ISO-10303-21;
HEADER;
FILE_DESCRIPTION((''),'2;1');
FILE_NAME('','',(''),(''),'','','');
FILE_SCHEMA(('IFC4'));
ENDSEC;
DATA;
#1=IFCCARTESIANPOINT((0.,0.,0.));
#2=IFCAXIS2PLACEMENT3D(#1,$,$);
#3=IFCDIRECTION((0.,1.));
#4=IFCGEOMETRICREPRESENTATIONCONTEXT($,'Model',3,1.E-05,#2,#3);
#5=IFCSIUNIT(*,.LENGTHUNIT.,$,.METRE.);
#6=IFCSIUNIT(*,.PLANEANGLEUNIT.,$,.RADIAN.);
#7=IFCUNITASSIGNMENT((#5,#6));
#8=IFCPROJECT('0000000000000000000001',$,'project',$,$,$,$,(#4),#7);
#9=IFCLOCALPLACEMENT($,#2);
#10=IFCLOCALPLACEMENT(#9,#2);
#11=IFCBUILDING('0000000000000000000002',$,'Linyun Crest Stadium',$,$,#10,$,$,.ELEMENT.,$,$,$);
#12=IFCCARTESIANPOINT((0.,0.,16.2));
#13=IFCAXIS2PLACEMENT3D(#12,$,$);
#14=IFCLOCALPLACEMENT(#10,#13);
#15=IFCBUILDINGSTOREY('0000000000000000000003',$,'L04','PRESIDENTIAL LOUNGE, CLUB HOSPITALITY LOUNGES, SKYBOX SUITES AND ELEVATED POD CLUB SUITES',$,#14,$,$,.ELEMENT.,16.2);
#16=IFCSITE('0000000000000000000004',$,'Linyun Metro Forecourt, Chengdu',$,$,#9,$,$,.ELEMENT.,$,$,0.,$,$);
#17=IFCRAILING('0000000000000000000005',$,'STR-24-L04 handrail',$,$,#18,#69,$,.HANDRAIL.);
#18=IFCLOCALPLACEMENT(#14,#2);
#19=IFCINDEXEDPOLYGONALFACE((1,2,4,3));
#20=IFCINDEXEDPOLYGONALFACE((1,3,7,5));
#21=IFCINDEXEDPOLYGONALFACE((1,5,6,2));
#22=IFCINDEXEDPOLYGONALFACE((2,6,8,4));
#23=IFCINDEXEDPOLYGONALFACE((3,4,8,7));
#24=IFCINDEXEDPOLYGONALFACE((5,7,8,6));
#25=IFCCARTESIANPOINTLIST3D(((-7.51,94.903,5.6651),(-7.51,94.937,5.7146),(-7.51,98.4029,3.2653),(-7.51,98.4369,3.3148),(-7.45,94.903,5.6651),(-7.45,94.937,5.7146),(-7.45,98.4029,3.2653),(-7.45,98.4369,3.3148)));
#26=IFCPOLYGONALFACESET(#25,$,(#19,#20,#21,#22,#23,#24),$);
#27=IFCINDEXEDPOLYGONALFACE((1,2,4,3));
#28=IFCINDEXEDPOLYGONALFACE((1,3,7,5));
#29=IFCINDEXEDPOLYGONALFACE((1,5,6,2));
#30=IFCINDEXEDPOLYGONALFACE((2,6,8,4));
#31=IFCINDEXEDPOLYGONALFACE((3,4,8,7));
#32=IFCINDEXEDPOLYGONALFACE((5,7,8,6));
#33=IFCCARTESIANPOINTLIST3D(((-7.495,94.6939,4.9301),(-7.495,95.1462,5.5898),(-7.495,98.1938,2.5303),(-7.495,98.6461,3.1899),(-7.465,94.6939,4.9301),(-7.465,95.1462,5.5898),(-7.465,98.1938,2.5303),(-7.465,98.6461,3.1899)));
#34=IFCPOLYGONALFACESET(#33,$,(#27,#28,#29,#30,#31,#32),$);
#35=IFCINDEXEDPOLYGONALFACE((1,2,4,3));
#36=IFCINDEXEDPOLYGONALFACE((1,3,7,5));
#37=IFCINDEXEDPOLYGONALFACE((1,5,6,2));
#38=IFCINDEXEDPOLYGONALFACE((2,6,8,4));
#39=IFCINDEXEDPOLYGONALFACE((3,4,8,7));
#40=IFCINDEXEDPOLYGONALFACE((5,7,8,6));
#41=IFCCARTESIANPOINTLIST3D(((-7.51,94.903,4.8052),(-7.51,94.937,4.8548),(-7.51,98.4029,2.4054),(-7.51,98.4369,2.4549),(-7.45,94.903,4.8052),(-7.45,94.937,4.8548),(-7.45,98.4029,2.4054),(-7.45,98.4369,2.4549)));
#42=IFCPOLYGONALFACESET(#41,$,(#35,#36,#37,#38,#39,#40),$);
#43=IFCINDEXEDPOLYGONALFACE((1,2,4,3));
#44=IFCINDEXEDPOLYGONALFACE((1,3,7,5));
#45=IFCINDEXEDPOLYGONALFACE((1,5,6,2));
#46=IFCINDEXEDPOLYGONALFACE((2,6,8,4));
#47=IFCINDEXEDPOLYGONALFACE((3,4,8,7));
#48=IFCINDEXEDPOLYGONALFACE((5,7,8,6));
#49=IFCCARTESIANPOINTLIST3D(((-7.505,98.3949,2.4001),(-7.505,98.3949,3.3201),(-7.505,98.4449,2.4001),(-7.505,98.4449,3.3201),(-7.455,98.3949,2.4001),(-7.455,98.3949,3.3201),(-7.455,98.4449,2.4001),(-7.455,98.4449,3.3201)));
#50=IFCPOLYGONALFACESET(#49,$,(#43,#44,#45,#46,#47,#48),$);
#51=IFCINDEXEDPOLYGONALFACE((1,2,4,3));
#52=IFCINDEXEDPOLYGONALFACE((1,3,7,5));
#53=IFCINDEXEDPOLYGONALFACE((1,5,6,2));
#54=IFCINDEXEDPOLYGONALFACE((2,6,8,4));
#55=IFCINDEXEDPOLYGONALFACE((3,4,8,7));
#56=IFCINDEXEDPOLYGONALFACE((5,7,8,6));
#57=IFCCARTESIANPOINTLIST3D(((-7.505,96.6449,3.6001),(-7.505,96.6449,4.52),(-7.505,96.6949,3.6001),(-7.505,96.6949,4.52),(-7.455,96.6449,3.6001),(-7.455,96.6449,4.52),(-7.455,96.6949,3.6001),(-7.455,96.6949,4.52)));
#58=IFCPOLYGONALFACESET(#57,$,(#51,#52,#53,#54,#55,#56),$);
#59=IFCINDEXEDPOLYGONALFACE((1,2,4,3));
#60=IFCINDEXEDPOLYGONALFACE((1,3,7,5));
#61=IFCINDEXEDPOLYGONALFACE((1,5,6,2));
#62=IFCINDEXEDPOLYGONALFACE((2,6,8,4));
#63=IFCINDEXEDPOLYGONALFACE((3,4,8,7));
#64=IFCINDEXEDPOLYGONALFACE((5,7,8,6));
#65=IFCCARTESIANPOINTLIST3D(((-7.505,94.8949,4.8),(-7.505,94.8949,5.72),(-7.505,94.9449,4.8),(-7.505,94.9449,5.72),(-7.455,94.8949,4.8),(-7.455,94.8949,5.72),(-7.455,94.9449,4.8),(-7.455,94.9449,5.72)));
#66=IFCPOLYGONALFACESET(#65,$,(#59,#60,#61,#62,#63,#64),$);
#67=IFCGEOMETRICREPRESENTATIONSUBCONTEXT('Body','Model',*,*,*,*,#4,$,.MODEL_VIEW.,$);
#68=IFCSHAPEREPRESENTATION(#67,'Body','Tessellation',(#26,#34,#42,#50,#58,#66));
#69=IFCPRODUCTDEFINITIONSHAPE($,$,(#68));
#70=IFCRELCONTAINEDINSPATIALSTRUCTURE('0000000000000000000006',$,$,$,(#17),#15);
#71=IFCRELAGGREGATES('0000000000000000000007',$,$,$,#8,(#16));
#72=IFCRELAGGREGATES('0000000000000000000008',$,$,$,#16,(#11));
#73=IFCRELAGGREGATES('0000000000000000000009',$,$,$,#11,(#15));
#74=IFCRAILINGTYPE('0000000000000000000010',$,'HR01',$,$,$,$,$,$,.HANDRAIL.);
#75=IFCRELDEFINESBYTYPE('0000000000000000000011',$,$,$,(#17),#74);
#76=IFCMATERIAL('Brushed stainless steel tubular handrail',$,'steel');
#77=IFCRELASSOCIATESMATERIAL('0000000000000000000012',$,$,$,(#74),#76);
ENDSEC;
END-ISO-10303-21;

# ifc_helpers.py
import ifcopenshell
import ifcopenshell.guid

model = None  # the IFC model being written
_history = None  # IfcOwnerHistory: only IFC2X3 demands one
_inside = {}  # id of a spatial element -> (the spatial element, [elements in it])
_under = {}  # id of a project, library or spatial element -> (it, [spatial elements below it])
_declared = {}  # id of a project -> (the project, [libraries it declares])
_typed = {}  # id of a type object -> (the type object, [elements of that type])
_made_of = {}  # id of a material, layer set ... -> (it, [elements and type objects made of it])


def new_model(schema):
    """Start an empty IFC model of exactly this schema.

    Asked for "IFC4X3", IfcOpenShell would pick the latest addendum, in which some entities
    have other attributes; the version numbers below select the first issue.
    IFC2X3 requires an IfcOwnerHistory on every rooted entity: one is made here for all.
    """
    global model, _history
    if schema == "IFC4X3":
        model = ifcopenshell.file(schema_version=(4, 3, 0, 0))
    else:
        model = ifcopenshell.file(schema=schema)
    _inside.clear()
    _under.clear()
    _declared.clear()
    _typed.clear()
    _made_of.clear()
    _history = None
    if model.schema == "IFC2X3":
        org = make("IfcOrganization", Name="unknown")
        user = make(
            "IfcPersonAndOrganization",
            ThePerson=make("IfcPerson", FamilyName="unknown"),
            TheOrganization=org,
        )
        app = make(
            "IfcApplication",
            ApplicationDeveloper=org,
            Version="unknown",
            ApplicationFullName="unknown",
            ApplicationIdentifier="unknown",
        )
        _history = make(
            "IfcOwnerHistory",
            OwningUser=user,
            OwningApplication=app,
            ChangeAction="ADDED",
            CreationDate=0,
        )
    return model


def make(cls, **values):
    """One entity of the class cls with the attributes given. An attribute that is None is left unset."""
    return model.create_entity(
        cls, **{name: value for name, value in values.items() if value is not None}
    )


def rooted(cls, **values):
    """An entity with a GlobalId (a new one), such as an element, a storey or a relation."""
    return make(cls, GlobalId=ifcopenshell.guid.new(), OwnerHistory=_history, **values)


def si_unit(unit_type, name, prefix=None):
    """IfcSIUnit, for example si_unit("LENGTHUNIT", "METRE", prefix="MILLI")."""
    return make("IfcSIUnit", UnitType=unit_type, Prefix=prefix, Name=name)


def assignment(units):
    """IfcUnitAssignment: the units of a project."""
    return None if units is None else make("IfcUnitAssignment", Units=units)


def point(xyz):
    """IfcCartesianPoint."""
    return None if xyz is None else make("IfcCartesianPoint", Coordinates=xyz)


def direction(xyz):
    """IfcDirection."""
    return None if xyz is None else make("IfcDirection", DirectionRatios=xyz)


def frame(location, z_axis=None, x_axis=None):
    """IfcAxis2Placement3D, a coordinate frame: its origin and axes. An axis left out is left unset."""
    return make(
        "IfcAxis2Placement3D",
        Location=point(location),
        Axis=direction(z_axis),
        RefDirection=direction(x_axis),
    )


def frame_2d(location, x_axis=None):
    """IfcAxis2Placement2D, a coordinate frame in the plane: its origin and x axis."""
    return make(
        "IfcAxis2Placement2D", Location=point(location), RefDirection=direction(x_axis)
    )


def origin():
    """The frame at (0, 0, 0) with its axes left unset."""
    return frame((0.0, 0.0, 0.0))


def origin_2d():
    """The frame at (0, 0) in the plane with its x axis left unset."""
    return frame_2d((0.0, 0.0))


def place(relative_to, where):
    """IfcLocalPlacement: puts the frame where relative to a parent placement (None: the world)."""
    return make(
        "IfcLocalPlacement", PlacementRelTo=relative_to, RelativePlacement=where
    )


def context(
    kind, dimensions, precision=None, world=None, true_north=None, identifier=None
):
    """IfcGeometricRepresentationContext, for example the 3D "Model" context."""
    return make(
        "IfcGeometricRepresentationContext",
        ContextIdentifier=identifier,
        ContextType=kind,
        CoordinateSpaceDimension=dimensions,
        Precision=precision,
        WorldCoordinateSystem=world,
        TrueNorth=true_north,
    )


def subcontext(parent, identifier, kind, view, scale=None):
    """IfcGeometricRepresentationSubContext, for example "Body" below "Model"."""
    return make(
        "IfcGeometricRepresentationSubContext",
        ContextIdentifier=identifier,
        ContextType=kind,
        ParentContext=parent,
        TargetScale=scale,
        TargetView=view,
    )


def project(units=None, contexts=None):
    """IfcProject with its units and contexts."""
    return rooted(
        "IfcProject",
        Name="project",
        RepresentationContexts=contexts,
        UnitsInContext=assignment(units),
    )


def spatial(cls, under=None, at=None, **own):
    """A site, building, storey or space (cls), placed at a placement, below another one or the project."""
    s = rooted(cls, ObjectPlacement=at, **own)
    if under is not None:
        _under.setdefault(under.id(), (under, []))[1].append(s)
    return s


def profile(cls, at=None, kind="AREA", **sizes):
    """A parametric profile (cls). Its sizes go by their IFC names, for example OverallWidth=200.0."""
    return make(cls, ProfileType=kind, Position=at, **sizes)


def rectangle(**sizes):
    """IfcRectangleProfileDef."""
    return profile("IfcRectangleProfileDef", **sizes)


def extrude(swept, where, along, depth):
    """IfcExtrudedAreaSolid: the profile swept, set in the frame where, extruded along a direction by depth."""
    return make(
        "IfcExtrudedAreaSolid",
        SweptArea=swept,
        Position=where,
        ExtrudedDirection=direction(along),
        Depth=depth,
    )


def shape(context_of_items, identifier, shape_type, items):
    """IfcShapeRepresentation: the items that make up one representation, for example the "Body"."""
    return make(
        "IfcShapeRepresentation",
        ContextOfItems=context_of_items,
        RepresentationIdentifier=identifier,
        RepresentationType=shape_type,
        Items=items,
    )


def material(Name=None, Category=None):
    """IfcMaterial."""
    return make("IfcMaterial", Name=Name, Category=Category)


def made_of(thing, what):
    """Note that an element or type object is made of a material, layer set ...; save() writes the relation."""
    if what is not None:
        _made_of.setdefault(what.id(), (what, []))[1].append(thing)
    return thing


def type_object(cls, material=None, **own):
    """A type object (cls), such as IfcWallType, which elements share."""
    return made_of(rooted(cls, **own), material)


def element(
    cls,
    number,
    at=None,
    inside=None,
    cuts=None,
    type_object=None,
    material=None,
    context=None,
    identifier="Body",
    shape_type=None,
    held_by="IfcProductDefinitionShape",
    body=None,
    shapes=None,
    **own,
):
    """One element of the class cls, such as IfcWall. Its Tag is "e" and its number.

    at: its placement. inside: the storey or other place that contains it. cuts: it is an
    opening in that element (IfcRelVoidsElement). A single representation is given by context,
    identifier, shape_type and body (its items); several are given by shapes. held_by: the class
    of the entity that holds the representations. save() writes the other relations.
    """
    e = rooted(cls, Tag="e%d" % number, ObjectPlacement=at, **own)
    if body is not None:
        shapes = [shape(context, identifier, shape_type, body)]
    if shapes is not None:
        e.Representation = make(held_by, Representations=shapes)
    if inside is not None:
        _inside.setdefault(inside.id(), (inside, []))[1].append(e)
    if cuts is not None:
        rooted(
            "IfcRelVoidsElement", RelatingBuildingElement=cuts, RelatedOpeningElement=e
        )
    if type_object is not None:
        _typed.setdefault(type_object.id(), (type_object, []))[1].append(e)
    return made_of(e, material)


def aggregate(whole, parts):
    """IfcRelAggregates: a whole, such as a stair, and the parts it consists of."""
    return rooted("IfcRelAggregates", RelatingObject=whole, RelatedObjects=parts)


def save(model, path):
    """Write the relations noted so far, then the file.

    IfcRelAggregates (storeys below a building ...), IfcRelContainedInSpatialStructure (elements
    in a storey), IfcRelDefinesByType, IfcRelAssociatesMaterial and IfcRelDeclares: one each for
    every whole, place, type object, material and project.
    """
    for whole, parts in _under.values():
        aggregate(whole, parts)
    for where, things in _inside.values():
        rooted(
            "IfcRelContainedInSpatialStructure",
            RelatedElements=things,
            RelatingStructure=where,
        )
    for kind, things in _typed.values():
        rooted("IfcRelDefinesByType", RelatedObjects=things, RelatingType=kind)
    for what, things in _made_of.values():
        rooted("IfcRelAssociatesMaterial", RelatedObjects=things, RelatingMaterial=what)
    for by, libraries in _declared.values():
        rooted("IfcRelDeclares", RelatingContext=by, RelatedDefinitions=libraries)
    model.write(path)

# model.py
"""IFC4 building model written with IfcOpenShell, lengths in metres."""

from ifc_helpers import new_model, si_unit, direction, frame, origin, origin_2d, place, context, subcontext, project, spatial, rectangle, extrude, material, type_object, element, save


model = new_model("IFC4")

# Units and contexts
model_context = context("Model", 3, precision=1e-05, world=origin(), true_north=direction((0.0, 1.0)))
body_context = subcontext(model_context, "Body", "Model", "MODEL_VIEW")
ifc_project = project(units=[si_unit("LENGTHUNIT", "METRE"), si_unit("PLANEANGLEUNIT", "RADIAN")], contexts=[model_context])

# Site, building, storey
site_placement = place(None, origin())
site = spatial("IfcSite", under=ifc_project, at=site_placement, Name="Linyun Metro Forecourt, Chengdu", CompositionType="ELEMENT", RefElevation=0.0)
building_placement = place(site_placement, origin())
building = spatial("IfcBuilding", under=site, at=building_placement, Name="Linyun Crest Stadium", CompositionType="ELEMENT")
storey_placement = place(building_placement, frame((0.0, 0.0, 16.2)))
storey = spatial("IfcBuildingStorey", under=building, at=storey_placement, Name="L04", Description="PRESIDENTIAL LOUNGE, CLUB HOSPITALITY LOUNGES, SKYBOX SUITES AND ELEVATED POD CLUB SUITES", CompositionType="ELEMENT", Elevation=16.2)

# Railing
ifc_material_1 = material(Name="Brushed stainless steel tubular handrail", Category="steel")
railing_type_1 = type_object("IfcRailingType", Name="HR01", PredefinedType="HANDRAIL", material=ifc_material_1)
railing_1_placement = place(storey_placement, frame((-7.48, 98.4199, 2.4001)))
element("IfcRailing", 1, at=railing_1_placement, inside=storey, type_object=railing_type_1, Name="STR-24-L04 handrail", PredefinedType="HANDRAIL", context=body_context, shape_type="SweptSolid", body=[
    extrude(rectangle(XDim=0.0601, YDim=0.0601, at=origin_2d()), frame((0.0, 0.0, 0.8899), z_axis=(0.0, -0.82474, 0.565513), x_axis=(1.0, 0.0, 0.0)), (0.0, 0.0, 1.0), 4.2437),
    extrude(rectangle(XDim=0.03, YDim=0.7998, at=origin_2d()), frame((0.0, 0.0, 0.46), z_axis=(0.0, -0.82474, 0.565513), x_axis=(1.0, 0.0, 0.0)), (0.0, 0.0, 1.0), 4.2437),
    extrude(rectangle(XDim=0.0601, YDim=0.0601, at=origin_2d()), frame((0.0, 0.0, 0.03), z_axis=(0.0, -0.82474, 0.565513), x_axis=(1.0, 0.0, 0.0)), (0.0, 0.0, 1.0), 4.2437),
    extrude(rectangle(XDim=0.05, YDim=0.05, at=origin_2d()), origin(), (0.0, 0.0, 1.0), 0.9199),
    extrude(rectangle(XDim=0.05, YDim=0.05, at=origin_2d()), frame((0.0, -1.75, 1.2)), (0.0, 0.0, 1.0), 0.9199),
    extrude(rectangle(XDim=0.05, YDim=0.05, at=origin_2d()), frame((0.0, -3.5, 2.3999)), (0.0, 0.0, 1.0), 0.9199),
])

save(model, "model.ifc")
